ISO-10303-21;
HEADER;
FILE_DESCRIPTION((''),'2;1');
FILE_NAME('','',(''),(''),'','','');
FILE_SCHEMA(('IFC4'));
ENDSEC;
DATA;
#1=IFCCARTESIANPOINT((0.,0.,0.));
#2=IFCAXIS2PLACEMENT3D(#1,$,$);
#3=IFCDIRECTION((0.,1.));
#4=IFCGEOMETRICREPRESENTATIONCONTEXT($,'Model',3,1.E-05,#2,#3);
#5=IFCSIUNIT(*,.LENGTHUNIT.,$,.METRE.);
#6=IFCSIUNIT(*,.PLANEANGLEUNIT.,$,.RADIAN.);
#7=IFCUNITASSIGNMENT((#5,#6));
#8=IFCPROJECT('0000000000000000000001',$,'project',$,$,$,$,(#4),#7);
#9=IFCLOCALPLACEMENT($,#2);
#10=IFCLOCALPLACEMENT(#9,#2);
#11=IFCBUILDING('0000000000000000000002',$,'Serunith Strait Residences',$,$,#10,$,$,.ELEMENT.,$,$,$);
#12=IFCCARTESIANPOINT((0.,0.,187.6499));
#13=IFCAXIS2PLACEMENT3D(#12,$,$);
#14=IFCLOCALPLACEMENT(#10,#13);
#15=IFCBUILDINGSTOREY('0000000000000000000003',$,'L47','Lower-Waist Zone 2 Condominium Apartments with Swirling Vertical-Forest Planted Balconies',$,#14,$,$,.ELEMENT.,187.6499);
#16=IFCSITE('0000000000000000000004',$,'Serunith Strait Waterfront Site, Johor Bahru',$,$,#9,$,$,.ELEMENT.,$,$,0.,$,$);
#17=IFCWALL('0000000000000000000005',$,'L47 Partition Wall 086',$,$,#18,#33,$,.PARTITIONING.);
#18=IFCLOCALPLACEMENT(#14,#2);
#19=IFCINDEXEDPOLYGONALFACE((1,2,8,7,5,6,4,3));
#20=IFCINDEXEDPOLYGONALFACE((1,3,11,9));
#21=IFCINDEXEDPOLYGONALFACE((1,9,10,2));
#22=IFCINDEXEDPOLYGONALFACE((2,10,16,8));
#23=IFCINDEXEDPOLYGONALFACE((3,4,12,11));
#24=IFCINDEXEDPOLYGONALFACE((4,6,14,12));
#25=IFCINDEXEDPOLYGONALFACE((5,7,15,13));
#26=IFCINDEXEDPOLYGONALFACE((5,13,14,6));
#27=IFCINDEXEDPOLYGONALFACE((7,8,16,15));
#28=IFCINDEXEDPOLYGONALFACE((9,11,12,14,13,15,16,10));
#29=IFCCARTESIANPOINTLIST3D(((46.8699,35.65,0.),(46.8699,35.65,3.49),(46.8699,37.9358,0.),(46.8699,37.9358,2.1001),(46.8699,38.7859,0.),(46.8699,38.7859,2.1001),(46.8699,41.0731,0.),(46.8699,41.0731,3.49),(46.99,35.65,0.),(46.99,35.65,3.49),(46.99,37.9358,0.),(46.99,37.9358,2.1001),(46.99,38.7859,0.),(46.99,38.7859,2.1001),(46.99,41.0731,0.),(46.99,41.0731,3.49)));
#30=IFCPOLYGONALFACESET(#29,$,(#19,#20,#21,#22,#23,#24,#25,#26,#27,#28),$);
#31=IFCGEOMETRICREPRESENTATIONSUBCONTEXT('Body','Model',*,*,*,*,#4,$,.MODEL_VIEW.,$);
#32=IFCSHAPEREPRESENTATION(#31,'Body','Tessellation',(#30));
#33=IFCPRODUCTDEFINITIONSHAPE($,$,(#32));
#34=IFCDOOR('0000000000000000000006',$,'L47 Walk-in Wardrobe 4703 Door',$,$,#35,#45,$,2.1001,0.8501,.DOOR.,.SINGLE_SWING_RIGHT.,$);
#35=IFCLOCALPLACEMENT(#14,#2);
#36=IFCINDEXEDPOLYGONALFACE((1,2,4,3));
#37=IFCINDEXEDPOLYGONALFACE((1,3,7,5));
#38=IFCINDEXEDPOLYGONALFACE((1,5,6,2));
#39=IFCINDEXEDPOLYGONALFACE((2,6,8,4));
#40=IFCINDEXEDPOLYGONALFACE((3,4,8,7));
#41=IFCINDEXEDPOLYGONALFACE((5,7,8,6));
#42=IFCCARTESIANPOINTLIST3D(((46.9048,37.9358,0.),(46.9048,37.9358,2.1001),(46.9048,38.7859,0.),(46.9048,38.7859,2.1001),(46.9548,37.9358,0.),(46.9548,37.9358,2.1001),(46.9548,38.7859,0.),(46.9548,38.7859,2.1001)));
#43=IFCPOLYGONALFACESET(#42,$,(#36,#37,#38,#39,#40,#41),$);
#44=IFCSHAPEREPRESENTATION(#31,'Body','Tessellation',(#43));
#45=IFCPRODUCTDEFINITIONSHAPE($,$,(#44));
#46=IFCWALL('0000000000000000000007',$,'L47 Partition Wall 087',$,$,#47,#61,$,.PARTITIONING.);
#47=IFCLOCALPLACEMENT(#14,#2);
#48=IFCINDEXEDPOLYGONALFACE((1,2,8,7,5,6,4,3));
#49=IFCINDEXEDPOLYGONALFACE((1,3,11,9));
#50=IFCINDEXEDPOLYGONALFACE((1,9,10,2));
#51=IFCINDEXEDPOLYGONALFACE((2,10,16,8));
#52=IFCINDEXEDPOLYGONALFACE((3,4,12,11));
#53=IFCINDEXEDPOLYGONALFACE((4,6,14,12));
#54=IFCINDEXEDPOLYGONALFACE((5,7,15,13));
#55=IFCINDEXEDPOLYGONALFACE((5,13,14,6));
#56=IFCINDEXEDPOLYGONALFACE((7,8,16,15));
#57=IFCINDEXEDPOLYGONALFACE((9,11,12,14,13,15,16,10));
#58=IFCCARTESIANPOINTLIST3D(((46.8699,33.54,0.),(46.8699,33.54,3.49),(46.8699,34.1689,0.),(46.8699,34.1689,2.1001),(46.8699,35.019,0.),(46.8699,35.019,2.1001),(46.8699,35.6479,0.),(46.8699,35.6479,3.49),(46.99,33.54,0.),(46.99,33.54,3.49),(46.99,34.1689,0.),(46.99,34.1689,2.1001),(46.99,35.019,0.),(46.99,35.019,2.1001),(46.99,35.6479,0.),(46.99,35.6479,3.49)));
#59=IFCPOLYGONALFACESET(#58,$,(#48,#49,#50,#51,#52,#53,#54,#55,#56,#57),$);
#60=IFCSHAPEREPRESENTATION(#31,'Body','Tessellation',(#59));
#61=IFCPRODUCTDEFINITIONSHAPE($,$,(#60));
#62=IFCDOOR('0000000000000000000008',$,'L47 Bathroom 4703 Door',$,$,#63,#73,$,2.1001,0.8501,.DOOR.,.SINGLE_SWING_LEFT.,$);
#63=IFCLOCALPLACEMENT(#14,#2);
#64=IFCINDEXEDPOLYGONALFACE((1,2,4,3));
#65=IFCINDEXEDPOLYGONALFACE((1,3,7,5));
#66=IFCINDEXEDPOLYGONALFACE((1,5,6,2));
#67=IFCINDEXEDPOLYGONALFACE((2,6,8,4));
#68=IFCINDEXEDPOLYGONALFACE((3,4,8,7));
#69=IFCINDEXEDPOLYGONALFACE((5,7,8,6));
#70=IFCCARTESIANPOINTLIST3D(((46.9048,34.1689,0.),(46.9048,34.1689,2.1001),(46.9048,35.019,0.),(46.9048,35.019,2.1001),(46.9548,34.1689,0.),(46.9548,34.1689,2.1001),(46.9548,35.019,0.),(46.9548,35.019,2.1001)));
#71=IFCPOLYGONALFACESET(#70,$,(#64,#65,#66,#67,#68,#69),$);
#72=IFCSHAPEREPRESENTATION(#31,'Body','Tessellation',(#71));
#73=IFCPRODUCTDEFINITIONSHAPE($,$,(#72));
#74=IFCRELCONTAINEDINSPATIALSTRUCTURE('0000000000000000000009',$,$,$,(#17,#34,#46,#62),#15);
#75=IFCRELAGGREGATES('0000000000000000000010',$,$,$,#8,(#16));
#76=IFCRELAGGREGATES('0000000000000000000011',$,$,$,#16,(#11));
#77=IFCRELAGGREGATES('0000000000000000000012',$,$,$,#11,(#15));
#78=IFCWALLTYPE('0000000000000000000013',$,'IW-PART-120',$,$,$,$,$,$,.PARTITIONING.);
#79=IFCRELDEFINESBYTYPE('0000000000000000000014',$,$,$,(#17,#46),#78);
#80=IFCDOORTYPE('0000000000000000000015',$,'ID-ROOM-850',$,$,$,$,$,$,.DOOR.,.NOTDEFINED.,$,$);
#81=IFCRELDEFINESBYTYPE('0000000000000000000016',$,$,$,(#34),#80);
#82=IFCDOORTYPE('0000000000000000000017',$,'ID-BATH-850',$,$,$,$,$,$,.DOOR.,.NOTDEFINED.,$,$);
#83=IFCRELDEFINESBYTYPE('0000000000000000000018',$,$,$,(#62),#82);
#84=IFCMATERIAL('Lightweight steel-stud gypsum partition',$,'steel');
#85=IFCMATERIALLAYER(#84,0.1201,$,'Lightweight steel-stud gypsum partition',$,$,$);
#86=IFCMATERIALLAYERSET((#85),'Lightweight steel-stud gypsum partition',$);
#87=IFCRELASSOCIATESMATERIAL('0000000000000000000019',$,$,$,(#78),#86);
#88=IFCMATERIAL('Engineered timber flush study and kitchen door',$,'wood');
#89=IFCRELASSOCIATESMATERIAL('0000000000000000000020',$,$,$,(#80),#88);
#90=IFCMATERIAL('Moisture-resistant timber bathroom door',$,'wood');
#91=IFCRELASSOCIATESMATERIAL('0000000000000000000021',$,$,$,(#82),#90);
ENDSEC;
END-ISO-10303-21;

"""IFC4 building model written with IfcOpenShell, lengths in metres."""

from ifc_helpers import new_model, si_unit, direction, frame, frame_2d, origin, place, context, subcontext, project, spatial, rectangle, extrude, source, transform, mapped, material, layer, layer_set, type_object, element, fill, save


model = new_model("IFC4")

# Units and contexts
model_context = context("Model", 3, precision=1e-05, world=origin(), true_north=direction((0.0, 1.0)))
body_context = subcontext(model_context, "Body", "Model", "MODEL_VIEW")
ifc_project = project(units=[si_unit("LENGTHUNIT", "METRE"), si_unit("PLANEANGLEUNIT", "RADIAN")], contexts=[model_context])

# Site, building, storey
site_placement = place(None, origin())
site = spatial("IfcSite", under=ifc_project, at=site_placement, Name="Serunith Strait Waterfront Site, Johor Bahru", CompositionType="ELEMENT", RefElevation=0.0)
building_placement = place(site_placement, origin())
building = spatial("IfcBuilding", under=site, at=building_placement, Name="Serunith Strait Residences", CompositionType="ELEMENT")
storey_placement = place(building_placement, frame((0.0, 0.0, 187.6499)))
storey = spatial("IfcBuildingStorey", under=building, at=storey_placement, Name="L47", Description="Lower-Waist Zone 2 Condominium Apartments with Swirling Vertical-Forest Planted Balconies", CompositionType="ELEMENT", Elevation=187.6499)

# Shared definitions
ifc_material_1 = material(Name="Lightweight steel-stud gypsum partition", Category="steel")
ifc_layer_1 = layer(ifc_material_1, 0.1201, Name="Lightweight steel-stud gypsum partition")
ifc_layer_set_1 = layer_set([ifc_layer_1], Name="Lightweight steel-stud gypsum partition")
wall_type = type_object("IfcWallType", Name="IW-PART-120", PredefinedType="PARTITIONING", material=ifc_layer_set_1)
ifc_material_2 = material(Name="Engineered timber flush study and kitchen door", Category="wood")
door_type_1 = type_object("IfcDoorType", Name="ID-ROOM-850", OperationType="NOTDEFINED", PredefinedType="DOOR", material=ifc_material_2)
shared_shape_1 = source(origin(), body_context, "Body", "SweptSolid", [
    extrude(rectangle(XDim=0.8501, YDim=2.1001, at=frame_2d((0.425, 1.05))), frame((0.0, 0.0249, 0.0), z_axis=(0.0, -1.0, 0.0), x_axis=(1.0, 0.0, 0.0)), (0.0, 0.0, 1.0), 0.05),
])

# Shared definitions
ifc_material_3 = material(Name="Moisture-resistant timber bathroom door", Category="wood")
door_type_2 = type_object("IfcDoorType", Name="ID-BATH-850", OperationType="NOTDEFINED", PredefinedType="DOOR", material=ifc_material_3)

# Walls, openings, doors
wall_1_placement = place(storey_placement, frame((46.9299, 41.073, 0.0), z_axis=(0.0, 0.0, 1.0), x_axis=(0.0, -1.0, 0.0)))
wall_1 = element("IfcWall", 1, at=wall_1_placement, inside=storey, type_object=wall_type, Name="L47 Partition Wall 086", PredefinedType="PARTITIONING", context=body_context, shape_type="SweptSolid", body=[
    extrude(rectangle(XDim=5.4231, YDim=0.1201, at=frame_2d((2.7114, 0.0))), origin(), (0.0, 0.0, 1.0), 3.49),
])
opening_1_placement = place(wall_1_placement, frame((2.2871, 0.0, 0.0)))
opening_1 = element("IfcOpeningElement", 2, at=opening_1_placement, cuts=wall_1, PredefinedType="OPENING", context=body_context, shape_type="SweptSolid", body=[
    extrude(rectangle(XDim=0.8501, YDim=2.1001, at=frame_2d((0.425, 1.05))), frame((0.0, 0.0701, 0.0), z_axis=(0.0, -1.0, 0.0), x_axis=(1.0, 0.0, 0.0)), (0.0, 0.0, 1.0), 0.1401),
])
door_1_placement = place(opening_1_placement, origin())
door_1 = element("IfcDoor", 3, at=door_1_placement, inside=storey, type_object=door_type_1, Name="L47 Walk-in Wardrobe 4703 Door", OperationType="SINGLE_SWING_RIGHT", OverallHeight=2.1001, OverallWidth=0.8501, PredefinedType="DOOR", context=body_context, shape_type="MappedRepresentation", body=[
    mapped(shared_shape_1, transform((0.0, 0.0, 0.0), scale=1.0)),
])
fill(opening_1, door_1)
wall_2_placement = place(storey_placement, frame((46.9299, 35.6479, 0.0), z_axis=(0.0, 0.0, 1.0), x_axis=(0.0, -1.0, 0.0)))
wall_2 = element("IfcWall", 4, at=wall_2_placement, inside=storey, type_object=wall_type, Name="L47 Partition Wall 087", PredefinedType="PARTITIONING", context=body_context, shape_type="SweptSolid", body=[
    extrude(rectangle(XDim=2.1079, YDim=0.1201, at=frame_2d((1.054, 0.0))), origin(), (0.0, 0.0, 1.0), 3.49),
])
opening_2_placement = place(wall_2_placement, frame((0.6289, 0.0, 0.0)))
opening_2 = element("IfcOpeningElement", 5, at=opening_2_placement, cuts=wall_2, PredefinedType="OPENING", context=body_context, shape_type="SweptSolid", body=[
    extrude(rectangle(XDim=0.8501, YDim=2.1001, at=frame_2d((0.425, 1.05))), frame((0.0, 0.0701, 0.0), z_axis=(0.0, -1.0, 0.0), x_axis=(1.0, 0.0, 0.0)), (0.0, 0.0, 1.0), 0.1401),
])
door_2_placement = place(opening_2_placement, origin())
door_2 = element("IfcDoor", 6, at=door_2_placement, inside=storey, type_object=door_type_2, Name="L47 Bathroom 4703 Door", OperationType="SINGLE_SWING_LEFT", OverallHeight=2.1001, OverallWidth=0.8501, PredefinedType="DOOR", context=body_context, shape_type="MappedRepresentation", body=[
    mapped(shared_shape_1, transform((0.0, 0.0, 0.0), scale=1.0)),
])
fill(opening_2, door_2)

save(model, "model.ifc")
